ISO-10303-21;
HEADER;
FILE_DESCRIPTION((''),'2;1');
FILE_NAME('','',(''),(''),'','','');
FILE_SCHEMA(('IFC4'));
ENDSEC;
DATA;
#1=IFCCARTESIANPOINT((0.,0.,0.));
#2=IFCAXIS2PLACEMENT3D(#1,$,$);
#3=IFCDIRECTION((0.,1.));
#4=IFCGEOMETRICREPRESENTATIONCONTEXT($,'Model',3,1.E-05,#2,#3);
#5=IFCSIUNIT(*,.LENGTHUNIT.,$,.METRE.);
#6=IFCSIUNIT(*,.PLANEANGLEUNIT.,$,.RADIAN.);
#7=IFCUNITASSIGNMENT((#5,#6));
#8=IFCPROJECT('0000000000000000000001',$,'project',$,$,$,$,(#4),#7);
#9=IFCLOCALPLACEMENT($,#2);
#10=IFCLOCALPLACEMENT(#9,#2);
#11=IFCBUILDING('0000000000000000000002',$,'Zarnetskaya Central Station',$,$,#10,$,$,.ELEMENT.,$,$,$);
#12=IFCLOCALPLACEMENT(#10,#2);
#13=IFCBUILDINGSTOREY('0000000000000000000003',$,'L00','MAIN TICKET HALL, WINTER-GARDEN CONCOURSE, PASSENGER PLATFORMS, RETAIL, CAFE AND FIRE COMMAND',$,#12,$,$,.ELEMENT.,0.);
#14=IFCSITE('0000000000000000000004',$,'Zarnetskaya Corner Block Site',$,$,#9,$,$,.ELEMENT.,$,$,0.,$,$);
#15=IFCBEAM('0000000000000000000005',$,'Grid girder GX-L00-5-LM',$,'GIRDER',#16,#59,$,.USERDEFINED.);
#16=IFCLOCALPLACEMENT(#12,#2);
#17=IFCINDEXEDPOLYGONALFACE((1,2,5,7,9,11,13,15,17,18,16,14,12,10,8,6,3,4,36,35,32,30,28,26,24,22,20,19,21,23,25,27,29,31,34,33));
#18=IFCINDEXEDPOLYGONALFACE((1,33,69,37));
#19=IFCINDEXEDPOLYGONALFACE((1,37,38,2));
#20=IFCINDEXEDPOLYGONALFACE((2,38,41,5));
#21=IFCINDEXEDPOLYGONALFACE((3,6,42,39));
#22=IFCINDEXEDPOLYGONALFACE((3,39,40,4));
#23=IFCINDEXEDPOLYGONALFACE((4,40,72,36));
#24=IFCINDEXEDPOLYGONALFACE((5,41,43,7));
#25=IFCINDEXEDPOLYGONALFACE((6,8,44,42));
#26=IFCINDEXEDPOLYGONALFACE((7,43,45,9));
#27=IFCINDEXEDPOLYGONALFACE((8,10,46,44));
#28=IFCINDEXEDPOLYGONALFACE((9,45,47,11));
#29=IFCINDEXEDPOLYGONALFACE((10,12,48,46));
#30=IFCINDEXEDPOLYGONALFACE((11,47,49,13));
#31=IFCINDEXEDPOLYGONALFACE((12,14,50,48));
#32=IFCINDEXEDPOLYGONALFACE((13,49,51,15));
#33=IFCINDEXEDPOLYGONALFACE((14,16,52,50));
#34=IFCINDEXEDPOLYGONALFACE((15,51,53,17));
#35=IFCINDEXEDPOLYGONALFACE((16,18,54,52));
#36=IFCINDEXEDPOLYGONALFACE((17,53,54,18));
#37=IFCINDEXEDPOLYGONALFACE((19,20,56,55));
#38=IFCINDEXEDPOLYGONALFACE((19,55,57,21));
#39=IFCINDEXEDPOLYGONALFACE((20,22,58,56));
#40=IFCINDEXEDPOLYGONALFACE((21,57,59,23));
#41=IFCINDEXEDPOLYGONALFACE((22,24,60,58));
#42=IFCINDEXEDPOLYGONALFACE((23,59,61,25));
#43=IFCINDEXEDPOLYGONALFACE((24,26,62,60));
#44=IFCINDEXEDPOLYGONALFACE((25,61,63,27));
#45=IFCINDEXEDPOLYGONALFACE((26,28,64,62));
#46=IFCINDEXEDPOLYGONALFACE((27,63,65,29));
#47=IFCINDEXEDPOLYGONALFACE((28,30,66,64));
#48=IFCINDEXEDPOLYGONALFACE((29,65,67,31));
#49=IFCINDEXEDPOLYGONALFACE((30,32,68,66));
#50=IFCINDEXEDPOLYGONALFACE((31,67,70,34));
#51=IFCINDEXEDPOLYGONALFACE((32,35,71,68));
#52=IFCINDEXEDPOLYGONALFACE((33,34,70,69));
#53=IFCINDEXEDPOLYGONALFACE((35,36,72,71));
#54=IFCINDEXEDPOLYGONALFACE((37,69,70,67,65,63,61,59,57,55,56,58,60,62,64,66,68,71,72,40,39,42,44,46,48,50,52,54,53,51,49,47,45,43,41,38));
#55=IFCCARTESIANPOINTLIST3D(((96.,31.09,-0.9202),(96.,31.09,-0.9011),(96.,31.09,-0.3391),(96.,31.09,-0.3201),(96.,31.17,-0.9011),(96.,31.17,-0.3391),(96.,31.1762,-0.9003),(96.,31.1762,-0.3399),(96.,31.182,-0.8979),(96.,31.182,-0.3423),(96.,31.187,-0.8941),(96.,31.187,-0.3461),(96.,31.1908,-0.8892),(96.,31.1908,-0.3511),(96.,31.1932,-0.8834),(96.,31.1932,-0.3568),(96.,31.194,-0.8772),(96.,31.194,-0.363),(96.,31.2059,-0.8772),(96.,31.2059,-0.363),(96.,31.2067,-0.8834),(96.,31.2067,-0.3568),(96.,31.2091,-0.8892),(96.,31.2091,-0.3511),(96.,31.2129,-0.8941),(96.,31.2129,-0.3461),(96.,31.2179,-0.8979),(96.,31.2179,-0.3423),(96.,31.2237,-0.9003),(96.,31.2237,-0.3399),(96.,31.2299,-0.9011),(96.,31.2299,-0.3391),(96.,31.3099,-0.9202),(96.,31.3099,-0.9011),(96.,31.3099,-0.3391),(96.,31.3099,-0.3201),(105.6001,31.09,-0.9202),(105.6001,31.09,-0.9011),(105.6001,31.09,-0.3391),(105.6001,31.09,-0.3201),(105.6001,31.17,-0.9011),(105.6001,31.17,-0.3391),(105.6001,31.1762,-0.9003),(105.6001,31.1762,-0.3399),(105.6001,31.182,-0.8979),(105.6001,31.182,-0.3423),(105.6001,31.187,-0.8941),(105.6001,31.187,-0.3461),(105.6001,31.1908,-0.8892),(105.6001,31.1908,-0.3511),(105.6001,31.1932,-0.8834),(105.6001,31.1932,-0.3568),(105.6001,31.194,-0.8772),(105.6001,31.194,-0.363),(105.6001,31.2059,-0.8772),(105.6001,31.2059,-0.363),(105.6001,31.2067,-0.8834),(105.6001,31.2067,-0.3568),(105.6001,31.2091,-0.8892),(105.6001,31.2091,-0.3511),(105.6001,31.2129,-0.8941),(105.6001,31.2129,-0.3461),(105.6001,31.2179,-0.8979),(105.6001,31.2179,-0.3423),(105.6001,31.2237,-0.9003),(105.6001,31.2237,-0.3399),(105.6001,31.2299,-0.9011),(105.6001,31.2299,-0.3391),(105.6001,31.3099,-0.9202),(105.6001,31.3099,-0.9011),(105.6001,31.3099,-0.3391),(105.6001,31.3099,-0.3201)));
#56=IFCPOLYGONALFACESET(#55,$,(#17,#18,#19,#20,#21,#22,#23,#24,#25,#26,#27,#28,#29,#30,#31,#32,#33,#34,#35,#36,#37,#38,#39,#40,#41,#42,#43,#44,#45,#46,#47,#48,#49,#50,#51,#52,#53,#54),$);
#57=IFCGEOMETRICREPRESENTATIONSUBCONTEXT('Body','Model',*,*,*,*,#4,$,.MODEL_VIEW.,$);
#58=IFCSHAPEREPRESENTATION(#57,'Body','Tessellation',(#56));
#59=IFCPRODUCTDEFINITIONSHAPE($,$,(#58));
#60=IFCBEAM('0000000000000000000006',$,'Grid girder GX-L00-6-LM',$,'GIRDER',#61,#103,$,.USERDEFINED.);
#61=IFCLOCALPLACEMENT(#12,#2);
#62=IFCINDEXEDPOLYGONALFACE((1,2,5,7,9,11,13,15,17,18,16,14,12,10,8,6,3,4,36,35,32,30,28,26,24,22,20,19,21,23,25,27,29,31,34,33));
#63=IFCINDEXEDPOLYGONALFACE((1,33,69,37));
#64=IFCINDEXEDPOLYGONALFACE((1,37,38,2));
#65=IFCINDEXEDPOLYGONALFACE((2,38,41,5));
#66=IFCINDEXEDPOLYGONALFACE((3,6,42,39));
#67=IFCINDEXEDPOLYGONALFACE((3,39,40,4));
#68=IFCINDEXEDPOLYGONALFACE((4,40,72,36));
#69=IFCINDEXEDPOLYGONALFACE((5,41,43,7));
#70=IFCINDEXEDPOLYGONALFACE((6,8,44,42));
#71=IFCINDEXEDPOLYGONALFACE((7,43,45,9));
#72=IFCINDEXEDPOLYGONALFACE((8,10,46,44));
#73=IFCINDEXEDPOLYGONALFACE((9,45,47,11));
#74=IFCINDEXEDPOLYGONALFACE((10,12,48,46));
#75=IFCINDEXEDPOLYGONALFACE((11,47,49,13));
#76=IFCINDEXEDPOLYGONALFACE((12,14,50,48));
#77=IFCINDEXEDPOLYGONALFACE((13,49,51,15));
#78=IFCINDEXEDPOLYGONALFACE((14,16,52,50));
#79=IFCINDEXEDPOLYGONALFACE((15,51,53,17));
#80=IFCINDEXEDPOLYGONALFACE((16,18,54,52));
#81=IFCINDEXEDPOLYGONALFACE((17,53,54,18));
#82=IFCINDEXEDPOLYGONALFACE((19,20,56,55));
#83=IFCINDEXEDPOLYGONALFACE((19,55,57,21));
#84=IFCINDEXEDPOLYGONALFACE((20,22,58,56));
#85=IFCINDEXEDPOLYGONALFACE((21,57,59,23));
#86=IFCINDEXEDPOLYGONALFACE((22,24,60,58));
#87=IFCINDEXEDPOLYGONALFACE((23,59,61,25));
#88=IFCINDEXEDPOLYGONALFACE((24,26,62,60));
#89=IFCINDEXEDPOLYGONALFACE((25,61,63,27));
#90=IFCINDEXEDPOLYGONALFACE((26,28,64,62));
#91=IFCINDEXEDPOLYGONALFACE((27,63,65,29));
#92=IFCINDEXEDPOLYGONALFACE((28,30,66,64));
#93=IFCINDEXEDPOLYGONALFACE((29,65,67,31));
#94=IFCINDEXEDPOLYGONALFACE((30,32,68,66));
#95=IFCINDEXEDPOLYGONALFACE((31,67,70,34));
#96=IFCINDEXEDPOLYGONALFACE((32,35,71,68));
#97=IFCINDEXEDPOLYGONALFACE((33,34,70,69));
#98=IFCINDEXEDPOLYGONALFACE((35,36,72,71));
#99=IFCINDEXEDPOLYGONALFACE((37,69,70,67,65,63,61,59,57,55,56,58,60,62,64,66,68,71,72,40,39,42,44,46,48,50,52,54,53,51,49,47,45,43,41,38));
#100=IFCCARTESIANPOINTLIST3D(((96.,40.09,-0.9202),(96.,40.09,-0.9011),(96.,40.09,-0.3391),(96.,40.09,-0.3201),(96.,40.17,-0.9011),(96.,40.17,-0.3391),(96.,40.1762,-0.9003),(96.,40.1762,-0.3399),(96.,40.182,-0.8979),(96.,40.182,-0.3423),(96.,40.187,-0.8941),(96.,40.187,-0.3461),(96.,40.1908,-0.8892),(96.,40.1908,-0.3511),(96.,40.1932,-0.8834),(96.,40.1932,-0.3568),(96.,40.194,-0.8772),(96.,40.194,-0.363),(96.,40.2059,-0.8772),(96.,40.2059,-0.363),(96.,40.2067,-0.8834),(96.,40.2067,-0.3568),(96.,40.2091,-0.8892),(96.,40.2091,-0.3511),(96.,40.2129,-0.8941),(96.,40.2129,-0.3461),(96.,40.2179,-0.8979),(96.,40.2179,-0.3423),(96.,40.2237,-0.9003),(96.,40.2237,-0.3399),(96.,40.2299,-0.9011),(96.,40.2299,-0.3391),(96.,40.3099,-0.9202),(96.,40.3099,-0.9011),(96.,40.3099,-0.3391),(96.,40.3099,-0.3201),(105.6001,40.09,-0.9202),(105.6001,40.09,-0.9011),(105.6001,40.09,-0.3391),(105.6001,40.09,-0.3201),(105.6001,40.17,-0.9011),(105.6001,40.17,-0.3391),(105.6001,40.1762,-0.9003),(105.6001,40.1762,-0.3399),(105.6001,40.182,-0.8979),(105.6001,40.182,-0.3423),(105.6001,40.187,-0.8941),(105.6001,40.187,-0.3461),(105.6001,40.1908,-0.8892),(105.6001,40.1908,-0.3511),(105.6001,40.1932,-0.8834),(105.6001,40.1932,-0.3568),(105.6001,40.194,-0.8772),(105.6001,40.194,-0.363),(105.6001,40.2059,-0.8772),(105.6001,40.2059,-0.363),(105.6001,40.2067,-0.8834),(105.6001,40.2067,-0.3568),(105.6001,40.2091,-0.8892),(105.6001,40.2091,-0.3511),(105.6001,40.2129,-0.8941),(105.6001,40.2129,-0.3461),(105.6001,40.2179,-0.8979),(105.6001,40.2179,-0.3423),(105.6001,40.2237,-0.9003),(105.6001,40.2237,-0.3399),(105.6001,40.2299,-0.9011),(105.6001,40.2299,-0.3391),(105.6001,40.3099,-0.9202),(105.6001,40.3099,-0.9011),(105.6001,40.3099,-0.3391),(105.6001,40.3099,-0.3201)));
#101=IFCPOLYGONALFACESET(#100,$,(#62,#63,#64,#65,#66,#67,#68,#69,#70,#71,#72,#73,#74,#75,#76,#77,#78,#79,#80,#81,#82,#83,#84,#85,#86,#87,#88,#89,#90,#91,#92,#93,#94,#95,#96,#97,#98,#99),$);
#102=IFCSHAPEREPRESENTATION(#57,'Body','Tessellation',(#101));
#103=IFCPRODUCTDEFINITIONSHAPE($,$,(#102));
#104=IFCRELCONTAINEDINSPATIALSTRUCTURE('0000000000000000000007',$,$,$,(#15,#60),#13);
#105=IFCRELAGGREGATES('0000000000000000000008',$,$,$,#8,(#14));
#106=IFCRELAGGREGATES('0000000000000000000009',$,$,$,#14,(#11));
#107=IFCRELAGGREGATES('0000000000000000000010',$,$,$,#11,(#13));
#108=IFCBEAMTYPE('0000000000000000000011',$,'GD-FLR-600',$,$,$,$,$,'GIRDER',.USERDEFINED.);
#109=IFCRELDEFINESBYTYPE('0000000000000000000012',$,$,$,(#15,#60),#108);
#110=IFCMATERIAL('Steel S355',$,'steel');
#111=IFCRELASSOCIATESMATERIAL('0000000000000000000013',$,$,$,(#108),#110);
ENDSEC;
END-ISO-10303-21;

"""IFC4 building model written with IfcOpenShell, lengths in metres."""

from ifc_helpers import new_model, si_unit, direction, frame, origin, origin_2d, place, context, subcontext, project, spatial, i_section, extrude, material, material_profile, profile_set, type_object, element, save


model = new_model("IFC4")

# Units and contexts
model_context = context("Model", 3, precision=1e-05, world=origin(), true_north=direction((0.0, 1.0)))
body_context = subcontext(model_context, "Body", "Model", "MODEL_VIEW")
ifc_project = project(units=[si_unit("LENGTHUNIT", "METRE"), si_unit("PLANEANGLEUNIT", "RADIAN")], contexts=[model_context])

# Site, building, storey
site_placement = place(None, origin())
site = spatial("IfcSite", under=ifc_project, at=site_placement, Name="Zarnetskaya Corner Block Site", CompositionType="ELEMENT", RefElevation=0.0)
building_placement = place(site_placement, origin())
building = spatial("IfcBuilding", under=site, at=building_placement, Name="Zarnetskaya Central Station", CompositionType="ELEMENT")
storey_placement = place(building_placement, origin())
storey = spatial("IfcBuildingStorey", under=building, at=storey_placement, Name="L00", Description="MAIN TICKET HALL, WINTER-GARDEN CONCOURSE, PASSENGER PLATFORMS, RETAIL, CAFE AND FIRE COMMAND", CompositionType="ELEMENT", Elevation=0.0)

# Beams
ifc_material = material(Name="Steel S355", Category="steel")
ifc_material_profile_1 = material_profile(ifc_material, i_section(OverallWidth=0.22, OverallDepth=0.6001, WebThickness=0.012, FlangeThickness=0.019, FilletRadius=0.0239, at=origin_2d()), Name="IPE 600")
ifc_profile_set_1 = profile_set([ifc_material_profile_1], Name="Steel S355")
beam_type_1 = type_object("IfcBeamType", Name="GD-FLR-600", ElementType="GIRDER", PredefinedType="USERDEFINED", material=ifc_profile_set_1)
for number, where, z_axis, x_axis, name in (
    (1, (96.0, 31.2, -0.6201), (1.0, 0.0, 0.0), (0.0, 1.0, 0.0), "Grid girder GX-L00-5-LM"),
    (2, (96.0, 40.2, -0.6201), (1.0, 0.0, 0.0), (0.0, 1.0, 0.0), "Grid girder GX-L00-6-LM"),
):
    element("IfcBeam", number, at=place(storey_placement, frame(where, z_axis=z_axis, x_axis=x_axis)), inside=storey, type_object=beam_type_1, Name=name, ObjectType="GIRDER", PredefinedType="USERDEFINED", context=body_context, shape_type="SweptSolid", body=[
        extrude(i_section(OverallWidth=0.22, OverallDepth=0.6001, WebThickness=0.012, FlangeThickness=0.019, FilletRadius=0.0239, at=origin_2d()), origin(), (0.0, 0.0, 1.0), 9.6001),
    ])

save(model, "model.ifc")
